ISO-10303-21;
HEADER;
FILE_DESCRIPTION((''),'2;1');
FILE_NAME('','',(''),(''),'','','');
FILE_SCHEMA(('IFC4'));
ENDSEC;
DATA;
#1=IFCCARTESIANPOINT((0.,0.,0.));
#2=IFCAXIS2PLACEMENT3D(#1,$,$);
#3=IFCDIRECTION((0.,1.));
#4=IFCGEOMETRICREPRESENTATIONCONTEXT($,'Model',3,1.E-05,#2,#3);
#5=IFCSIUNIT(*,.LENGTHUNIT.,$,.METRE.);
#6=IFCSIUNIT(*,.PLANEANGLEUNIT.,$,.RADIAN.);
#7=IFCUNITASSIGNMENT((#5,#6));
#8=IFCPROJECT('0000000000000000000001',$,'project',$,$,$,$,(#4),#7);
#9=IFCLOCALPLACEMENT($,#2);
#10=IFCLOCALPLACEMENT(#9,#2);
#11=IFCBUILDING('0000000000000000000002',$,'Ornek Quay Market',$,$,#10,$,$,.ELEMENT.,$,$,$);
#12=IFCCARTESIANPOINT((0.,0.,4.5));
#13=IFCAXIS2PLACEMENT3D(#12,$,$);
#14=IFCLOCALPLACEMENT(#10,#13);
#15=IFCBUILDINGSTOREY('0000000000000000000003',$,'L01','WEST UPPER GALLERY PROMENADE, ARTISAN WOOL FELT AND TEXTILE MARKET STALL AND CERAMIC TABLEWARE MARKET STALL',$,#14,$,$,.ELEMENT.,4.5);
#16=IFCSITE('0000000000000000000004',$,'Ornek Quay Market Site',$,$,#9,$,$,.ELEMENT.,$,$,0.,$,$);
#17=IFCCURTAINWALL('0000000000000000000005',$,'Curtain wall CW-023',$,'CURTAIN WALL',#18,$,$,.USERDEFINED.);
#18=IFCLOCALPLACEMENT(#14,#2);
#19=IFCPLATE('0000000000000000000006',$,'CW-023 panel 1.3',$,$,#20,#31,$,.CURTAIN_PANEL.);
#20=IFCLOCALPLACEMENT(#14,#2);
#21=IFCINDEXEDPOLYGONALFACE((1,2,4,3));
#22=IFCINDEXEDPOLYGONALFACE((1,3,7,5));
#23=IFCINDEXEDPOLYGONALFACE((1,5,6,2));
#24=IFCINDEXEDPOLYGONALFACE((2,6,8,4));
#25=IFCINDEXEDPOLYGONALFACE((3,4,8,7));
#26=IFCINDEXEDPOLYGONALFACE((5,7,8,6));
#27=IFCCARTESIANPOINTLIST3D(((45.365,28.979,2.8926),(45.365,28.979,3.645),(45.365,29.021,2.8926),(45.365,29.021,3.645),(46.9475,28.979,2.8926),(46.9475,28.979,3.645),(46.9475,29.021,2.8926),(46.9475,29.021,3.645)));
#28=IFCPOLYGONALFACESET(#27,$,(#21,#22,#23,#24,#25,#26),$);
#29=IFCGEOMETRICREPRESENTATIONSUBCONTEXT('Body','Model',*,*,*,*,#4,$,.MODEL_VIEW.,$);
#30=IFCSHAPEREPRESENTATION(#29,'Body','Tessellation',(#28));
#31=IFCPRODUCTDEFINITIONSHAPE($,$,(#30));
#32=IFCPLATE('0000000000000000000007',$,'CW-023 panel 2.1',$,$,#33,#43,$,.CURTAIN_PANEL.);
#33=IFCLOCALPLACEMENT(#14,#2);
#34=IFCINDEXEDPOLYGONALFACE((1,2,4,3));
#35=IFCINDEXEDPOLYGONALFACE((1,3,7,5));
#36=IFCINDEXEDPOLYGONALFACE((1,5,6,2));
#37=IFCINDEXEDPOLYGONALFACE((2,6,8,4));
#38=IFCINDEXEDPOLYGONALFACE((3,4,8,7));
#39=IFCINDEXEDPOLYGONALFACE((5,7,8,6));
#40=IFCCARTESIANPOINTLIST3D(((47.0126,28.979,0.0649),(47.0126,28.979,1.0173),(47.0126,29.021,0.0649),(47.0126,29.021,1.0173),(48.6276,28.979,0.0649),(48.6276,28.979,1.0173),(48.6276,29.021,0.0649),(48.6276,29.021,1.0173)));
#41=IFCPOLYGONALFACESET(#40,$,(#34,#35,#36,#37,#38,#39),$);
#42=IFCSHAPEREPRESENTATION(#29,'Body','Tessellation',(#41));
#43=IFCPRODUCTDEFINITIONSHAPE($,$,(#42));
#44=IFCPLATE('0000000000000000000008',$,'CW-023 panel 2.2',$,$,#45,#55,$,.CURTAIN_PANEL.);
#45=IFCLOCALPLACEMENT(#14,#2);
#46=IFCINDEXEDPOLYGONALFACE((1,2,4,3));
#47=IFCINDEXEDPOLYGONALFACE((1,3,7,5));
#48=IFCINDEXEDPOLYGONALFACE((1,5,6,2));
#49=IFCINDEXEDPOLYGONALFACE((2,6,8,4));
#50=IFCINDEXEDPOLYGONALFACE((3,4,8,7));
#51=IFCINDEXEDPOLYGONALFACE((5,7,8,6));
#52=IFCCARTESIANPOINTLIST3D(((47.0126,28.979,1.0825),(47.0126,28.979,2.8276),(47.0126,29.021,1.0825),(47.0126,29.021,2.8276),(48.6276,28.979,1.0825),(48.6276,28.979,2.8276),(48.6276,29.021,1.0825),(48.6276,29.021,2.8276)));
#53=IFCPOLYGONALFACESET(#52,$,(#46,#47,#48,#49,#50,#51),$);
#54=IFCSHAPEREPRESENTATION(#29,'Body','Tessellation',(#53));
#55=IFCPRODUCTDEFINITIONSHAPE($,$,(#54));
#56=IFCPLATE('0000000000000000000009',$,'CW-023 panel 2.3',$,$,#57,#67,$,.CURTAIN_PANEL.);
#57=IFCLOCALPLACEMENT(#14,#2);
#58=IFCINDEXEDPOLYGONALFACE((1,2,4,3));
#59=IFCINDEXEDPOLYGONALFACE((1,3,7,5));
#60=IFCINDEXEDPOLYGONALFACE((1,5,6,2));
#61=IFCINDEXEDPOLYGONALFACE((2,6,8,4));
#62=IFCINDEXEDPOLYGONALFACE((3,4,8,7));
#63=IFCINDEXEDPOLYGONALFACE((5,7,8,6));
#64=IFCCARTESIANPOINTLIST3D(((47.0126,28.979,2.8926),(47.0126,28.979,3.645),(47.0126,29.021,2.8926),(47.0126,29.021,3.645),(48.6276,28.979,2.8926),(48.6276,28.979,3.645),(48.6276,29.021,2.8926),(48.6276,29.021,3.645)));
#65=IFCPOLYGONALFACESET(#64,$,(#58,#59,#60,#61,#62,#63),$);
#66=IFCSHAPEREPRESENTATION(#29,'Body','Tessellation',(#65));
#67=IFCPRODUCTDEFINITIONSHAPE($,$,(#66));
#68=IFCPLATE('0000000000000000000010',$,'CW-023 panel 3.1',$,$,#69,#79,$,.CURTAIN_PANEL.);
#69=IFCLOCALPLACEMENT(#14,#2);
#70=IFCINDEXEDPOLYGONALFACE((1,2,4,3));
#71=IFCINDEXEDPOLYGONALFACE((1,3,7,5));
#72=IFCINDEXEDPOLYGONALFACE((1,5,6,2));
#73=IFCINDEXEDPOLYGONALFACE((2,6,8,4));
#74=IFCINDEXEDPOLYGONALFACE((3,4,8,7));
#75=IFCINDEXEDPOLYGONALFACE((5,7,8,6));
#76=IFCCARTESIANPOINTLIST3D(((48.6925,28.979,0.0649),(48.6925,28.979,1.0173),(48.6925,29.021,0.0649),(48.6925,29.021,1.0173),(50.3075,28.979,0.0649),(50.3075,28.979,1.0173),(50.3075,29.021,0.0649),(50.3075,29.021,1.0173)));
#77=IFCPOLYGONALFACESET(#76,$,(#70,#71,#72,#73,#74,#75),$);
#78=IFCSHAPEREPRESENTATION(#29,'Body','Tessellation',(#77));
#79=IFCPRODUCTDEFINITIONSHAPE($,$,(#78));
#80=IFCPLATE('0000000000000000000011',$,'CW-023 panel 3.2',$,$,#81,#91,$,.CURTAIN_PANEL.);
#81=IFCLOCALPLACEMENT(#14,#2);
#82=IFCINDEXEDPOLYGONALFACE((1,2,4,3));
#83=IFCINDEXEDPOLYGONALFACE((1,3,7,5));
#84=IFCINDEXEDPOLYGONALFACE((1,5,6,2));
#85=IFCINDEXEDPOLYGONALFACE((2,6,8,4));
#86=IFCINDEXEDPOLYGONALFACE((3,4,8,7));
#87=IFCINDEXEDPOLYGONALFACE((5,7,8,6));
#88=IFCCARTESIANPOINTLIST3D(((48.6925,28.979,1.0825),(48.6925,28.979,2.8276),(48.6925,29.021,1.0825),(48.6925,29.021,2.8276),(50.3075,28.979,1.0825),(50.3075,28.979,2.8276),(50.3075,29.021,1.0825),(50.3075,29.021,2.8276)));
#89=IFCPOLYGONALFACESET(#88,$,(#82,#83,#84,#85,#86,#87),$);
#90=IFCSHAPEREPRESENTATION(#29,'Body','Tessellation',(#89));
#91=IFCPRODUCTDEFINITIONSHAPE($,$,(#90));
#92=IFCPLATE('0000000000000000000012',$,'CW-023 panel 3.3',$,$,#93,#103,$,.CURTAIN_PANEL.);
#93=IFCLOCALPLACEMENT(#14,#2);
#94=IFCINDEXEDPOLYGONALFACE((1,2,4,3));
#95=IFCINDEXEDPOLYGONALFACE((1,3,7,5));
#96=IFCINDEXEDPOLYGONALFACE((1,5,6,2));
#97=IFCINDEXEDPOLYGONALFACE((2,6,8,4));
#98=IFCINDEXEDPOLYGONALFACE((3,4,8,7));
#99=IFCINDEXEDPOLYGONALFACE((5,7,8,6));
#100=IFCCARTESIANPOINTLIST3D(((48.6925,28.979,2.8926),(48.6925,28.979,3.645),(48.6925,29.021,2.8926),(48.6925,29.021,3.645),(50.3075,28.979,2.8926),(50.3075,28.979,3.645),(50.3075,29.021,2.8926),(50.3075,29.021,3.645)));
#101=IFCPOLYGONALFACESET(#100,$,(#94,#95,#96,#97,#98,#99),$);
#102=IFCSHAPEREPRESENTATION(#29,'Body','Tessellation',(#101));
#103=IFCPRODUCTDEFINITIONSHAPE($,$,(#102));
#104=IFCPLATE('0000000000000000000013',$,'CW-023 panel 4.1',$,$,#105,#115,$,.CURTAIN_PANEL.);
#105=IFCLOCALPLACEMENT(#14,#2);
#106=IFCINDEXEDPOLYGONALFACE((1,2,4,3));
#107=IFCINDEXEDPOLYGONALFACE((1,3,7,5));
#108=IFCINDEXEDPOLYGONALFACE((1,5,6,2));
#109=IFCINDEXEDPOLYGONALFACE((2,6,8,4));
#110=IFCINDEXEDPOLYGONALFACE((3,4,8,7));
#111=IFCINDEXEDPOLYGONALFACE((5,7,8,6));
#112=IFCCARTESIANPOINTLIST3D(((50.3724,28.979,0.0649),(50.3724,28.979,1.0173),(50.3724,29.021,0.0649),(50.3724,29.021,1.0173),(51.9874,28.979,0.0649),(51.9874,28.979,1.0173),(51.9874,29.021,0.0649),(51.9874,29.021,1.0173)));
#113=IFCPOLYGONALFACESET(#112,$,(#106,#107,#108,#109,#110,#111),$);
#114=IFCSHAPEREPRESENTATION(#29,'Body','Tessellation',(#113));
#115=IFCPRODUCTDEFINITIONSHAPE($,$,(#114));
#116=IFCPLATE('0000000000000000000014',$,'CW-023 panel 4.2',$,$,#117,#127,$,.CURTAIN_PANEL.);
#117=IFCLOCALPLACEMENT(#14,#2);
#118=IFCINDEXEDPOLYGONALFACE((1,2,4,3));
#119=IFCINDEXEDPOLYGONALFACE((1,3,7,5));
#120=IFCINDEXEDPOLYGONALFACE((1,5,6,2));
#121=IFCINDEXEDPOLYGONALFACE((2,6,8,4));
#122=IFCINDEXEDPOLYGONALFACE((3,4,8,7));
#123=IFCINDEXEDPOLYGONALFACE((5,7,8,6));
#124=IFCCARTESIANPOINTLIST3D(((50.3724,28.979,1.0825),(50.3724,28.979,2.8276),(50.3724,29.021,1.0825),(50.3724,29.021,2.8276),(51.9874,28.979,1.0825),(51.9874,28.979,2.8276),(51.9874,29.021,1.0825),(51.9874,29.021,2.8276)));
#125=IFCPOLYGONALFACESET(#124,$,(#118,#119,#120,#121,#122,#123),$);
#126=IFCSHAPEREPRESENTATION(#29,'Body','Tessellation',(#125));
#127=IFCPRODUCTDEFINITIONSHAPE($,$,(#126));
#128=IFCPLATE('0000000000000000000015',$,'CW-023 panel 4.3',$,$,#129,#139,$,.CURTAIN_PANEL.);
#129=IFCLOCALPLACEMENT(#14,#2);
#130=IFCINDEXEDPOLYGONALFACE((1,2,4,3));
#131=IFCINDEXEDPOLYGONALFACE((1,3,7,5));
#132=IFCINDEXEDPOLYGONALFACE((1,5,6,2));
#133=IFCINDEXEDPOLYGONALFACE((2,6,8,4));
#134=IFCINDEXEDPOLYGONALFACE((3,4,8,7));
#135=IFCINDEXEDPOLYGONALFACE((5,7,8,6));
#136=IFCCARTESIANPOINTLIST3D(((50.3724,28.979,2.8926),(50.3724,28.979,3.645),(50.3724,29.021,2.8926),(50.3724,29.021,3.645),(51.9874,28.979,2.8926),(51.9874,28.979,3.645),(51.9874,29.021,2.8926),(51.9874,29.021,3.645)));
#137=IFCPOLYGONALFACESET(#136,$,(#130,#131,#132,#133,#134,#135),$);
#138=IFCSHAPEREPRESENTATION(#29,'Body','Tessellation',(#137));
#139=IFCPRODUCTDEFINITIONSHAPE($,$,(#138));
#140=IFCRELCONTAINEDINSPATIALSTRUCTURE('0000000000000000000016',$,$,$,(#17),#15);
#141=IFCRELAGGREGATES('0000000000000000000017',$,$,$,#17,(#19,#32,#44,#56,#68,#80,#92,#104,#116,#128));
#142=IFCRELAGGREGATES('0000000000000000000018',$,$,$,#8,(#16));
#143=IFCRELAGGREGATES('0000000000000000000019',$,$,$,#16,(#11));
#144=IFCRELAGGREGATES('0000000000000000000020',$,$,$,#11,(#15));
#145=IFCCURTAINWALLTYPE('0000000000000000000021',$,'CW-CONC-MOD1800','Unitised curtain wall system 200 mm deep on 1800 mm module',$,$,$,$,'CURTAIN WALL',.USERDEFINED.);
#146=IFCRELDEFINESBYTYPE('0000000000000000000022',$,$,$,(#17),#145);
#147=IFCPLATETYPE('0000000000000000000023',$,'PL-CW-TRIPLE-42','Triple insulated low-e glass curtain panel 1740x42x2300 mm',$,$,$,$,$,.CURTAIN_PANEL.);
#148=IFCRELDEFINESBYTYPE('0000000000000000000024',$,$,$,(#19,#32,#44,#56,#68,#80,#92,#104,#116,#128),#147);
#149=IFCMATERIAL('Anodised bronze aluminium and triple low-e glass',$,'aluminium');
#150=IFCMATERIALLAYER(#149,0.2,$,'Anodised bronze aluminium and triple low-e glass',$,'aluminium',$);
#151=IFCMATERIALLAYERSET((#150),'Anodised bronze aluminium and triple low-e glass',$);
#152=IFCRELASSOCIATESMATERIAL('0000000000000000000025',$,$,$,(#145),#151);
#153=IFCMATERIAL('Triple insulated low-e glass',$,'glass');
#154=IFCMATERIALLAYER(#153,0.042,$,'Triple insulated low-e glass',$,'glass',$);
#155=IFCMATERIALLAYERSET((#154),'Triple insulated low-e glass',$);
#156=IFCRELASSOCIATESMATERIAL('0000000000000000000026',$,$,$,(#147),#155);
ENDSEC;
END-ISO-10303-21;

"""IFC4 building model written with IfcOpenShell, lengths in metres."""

from ifc_helpers import new_model, si_unit, direction, frame, origin, origin_2d, place, context, subcontext, project, spatial, rectangle, extrude, material, layer, layer_set, type_object, element, aggregate, save


model = new_model("IFC4")

# Units and contexts
model_context = context("Model", 3, precision=1e-05, world=origin(), true_north=direction((0.0, 1.0)))
body_context = subcontext(model_context, "Body", "Model", "MODEL_VIEW")
ifc_project = project(units=[si_unit("LENGTHUNIT", "METRE"), si_unit("PLANEANGLEUNIT", "RADIAN")], contexts=[model_context])

# Site, building, storey
site_placement = place(None, origin())
site = spatial("IfcSite", under=ifc_project, at=site_placement, Name="Ornek Quay Market Site", CompositionType="ELEMENT", RefElevation=0.0)
building_placement = place(site_placement, origin())
building = spatial("IfcBuilding", under=site, at=building_placement, Name="Ornek Quay Market", CompositionType="ELEMENT")
storey_placement = place(building_placement, frame((0.0, 0.0, 4.5)))
storey = spatial("IfcBuildingStorey", under=building, at=storey_placement, Name="L01", Description="WEST UPPER GALLERY PROMENADE, ARTISAN WOOL FELT AND TEXTILE MARKET STALL AND CERAMIC TABLEWARE MARKET STALL", CompositionType="ELEMENT", Elevation=4.5)

# Curtain wall
ifc_material_1 = material(Name="Anodised bronze aluminium and triple low-e glass", Category="aluminium")
ifc_layer_1 = layer(ifc_material_1, 0.2, Name="Anodised bronze aluminium and triple low-e glass", Category="aluminium")
ifc_layer_set_1 = layer_set([ifc_layer_1], Name="Anodised bronze aluminium and triple low-e glass")
curtain_wall_type_1 = type_object("IfcCurtainWallType", Name="CW-CONC-MOD1800", Description="Unitised curtain wall system 200 mm deep on 1800 mm module", ElementType="CURTAIN WALL", PredefinedType="USERDEFINED", material=ifc_layer_set_1)
curtain_wall_1_placement = place(storey_placement, origin())
curtain_wall_1 = element("IfcCurtainWall", 1, at=curtain_wall_1_placement, inside=storey, type_object=curtain_wall_type_1, Name="Curtain wall CW-023", ObjectType="CURTAIN WALL", PredefinedType="USERDEFINED")

# Shared definitions
ifc_material_2 = material(Name="Triple insulated low-e glass", Category="glass")

# Plates
ifc_layer_2 = layer(ifc_material_2, 0.042, Name="Triple insulated low-e glass", Category="glass")
ifc_layer_set_2 = layer_set([ifc_layer_2], Name="Triple insulated low-e glass")
plate_type_1 = type_object("IfcPlateType", Name="PL-CW-TRIPLE-42", Description="Triple insulated low-e glass curtain panel 1740x42x2300 mm", PredefinedType="CURTAIN_PANEL", material=ifc_layer_set_2)
plate_1_placement = place(storey_placement, frame((46.1562, 29.0, 2.8926), z_axis=(0.0, 0.0, 1.0), x_axis=(1.0, 0.0, 0.0)))
plate_1 = element("IfcPlate", 2, at=plate_1_placement, type_object=plate_type_1, Name="CW-023 panel 1.3", PredefinedType="CURTAIN_PANEL", context=body_context, shape_type="SweptSolid", body=[
    extrude(rectangle(XDim=1.5825, YDim=0.042, at=origin_2d()), origin(), (0.0, 0.0, 1.0), 0.7524),
])
plate_2_placement = place(storey_placement, frame((47.8201, 29.0, 0.0649), z_axis=(0.0, 0.0, 1.0), x_axis=(1.0, 0.0, 0.0)))
plate_2 = element("IfcPlate", 3, at=plate_2_placement, type_object=plate_type_1, Name="CW-023 panel 2.1", PredefinedType="CURTAIN_PANEL", context=body_context, shape_type="SweptSolid", body=[
    extrude(rectangle(XDim=1.615, YDim=0.042, at=origin_2d()), origin(), (0.0, 0.0, 1.0), 0.9524),
])
plate_3_placement = place(storey_placement, frame((47.8201, 29.0, 1.0825), z_axis=(0.0, 0.0, 1.0), x_axis=(1.0, 0.0, 0.0)))
plate_3 = element("IfcPlate", 4, at=plate_3_placement, type_object=plate_type_1, Name="CW-023 panel 2.2", PredefinedType="CURTAIN_PANEL", context=body_context, shape_type="SweptSolid", body=[
    extrude(rectangle(XDim=1.615, YDim=0.042, at=origin_2d()), origin(), (0.0, 0.0, 1.0), 1.7451),
])
plate_4_placement = place(storey_placement, frame((47.8201, 29.0, 2.8926), z_axis=(0.0, 0.0, 1.0), x_axis=(1.0, 0.0, 0.0)))
plate_4 = element("IfcPlate", 5, at=plate_4_placement, type_object=plate_type_1, Name="CW-023 panel 2.3", PredefinedType="CURTAIN_PANEL", context=body_context, shape_type="SweptSolid", body=[
    extrude(rectangle(XDim=1.615, YDim=0.042, at=origin_2d()), origin(), (0.0, 0.0, 1.0), 0.7524),
])
plate_5_placement = place(storey_placement, frame((49.5, 29.0, 0.0649), z_axis=(0.0, 0.0, 1.0), x_axis=(1.0, 0.0, 0.0)))
plate_5 = element("IfcPlate", 6, at=plate_5_placement, type_object=plate_type_1, Name="CW-023 panel 3.1", PredefinedType="CURTAIN_PANEL", context=body_context, shape_type="SweptSolid", body=[
    extrude(rectangle(XDim=1.615, YDim=0.042, at=origin_2d()), origin(), (0.0, 0.0, 1.0), 0.9524),
])
plate_6_placement = place(storey_placement, frame((49.5, 29.0, 1.0825), z_axis=(0.0, 0.0, 1.0), x_axis=(1.0, 0.0, 0.0)))
plate_6 = element("IfcPlate", 7, at=plate_6_placement, type_object=plate_type_1, Name="CW-023 panel 3.2", PredefinedType="CURTAIN_PANEL", context=body_context, shape_type="SweptSolid", body=[
    extrude(rectangle(XDim=1.615, YDim=0.042, at=origin_2d()), origin(), (0.0, 0.0, 1.0), 1.7451),
])
plate_7_placement = place(storey_placement, frame((49.5, 29.0, 2.8926), z_axis=(0.0, 0.0, 1.0), x_axis=(1.0, 0.0, 0.0)))
plate_7 = element("IfcPlate", 8, at=plate_7_placement, type_object=plate_type_1, Name="CW-023 panel 3.3", PredefinedType="CURTAIN_PANEL", context=body_context, shape_type="SweptSolid", body=[
    extrude(rectangle(XDim=1.615, YDim=0.042, at=origin_2d()), origin(), (0.0, 0.0, 1.0), 0.7524),
])
plate_8_placement = place(storey_placement, frame((51.1799, 29.0, 0.0649), z_axis=(0.0, 0.0, 1.0), x_axis=(1.0, 0.0, 0.0)))
plate_8 = element("IfcPlate", 9, at=plate_8_placement, type_object=plate_type_1, Name="CW-023 panel 4.1", PredefinedType="CURTAIN_PANEL", context=body_context, shape_type="SweptSolid", body=[
    extrude(rectangle(XDim=1.615, YDim=0.042, at=origin_2d()), origin(), (0.0, 0.0, 1.0), 0.9524),
])
plate_9_placement = place(storey_placement, frame((51.1799, 29.0, 1.0825), z_axis=(0.0, 0.0, 1.0), x_axis=(1.0, 0.0, 0.0)))
plate_9 = element("IfcPlate", 10, at=plate_9_placement, type_object=plate_type_1, Name="CW-023 panel 4.2", PredefinedType="CURTAIN_PANEL", context=body_context, shape_type="SweptSolid", body=[
    extrude(rectangle(XDim=1.615, YDim=0.042, at=origin_2d()), origin(), (0.0, 0.0, 1.0), 1.7451),
])
plate_10_placement = place(storey_placement, frame((51.1799, 29.0, 2.8926), z_axis=(0.0, 0.0, 1.0), x_axis=(1.0, 0.0, 0.0)))
plate_10 = element("IfcPlate", 11, at=plate_10_placement, type_object=plate_type_1, Name="CW-023 panel 4.3", PredefinedType="CURTAIN_PANEL", context=body_context, shape_type="SweptSolid", body=[
    extrude(rectangle(XDim=1.615, YDim=0.042, at=origin_2d()), origin(), (0.0, 0.0, 1.0), 0.7524),
])
aggregate(curtain_wall_1, [plate_1, plate_2, plate_3, plate_4, plate_5, plate_6, plate_7, plate_8, plate_9, plate_10])

save(model, "model.ifc")
